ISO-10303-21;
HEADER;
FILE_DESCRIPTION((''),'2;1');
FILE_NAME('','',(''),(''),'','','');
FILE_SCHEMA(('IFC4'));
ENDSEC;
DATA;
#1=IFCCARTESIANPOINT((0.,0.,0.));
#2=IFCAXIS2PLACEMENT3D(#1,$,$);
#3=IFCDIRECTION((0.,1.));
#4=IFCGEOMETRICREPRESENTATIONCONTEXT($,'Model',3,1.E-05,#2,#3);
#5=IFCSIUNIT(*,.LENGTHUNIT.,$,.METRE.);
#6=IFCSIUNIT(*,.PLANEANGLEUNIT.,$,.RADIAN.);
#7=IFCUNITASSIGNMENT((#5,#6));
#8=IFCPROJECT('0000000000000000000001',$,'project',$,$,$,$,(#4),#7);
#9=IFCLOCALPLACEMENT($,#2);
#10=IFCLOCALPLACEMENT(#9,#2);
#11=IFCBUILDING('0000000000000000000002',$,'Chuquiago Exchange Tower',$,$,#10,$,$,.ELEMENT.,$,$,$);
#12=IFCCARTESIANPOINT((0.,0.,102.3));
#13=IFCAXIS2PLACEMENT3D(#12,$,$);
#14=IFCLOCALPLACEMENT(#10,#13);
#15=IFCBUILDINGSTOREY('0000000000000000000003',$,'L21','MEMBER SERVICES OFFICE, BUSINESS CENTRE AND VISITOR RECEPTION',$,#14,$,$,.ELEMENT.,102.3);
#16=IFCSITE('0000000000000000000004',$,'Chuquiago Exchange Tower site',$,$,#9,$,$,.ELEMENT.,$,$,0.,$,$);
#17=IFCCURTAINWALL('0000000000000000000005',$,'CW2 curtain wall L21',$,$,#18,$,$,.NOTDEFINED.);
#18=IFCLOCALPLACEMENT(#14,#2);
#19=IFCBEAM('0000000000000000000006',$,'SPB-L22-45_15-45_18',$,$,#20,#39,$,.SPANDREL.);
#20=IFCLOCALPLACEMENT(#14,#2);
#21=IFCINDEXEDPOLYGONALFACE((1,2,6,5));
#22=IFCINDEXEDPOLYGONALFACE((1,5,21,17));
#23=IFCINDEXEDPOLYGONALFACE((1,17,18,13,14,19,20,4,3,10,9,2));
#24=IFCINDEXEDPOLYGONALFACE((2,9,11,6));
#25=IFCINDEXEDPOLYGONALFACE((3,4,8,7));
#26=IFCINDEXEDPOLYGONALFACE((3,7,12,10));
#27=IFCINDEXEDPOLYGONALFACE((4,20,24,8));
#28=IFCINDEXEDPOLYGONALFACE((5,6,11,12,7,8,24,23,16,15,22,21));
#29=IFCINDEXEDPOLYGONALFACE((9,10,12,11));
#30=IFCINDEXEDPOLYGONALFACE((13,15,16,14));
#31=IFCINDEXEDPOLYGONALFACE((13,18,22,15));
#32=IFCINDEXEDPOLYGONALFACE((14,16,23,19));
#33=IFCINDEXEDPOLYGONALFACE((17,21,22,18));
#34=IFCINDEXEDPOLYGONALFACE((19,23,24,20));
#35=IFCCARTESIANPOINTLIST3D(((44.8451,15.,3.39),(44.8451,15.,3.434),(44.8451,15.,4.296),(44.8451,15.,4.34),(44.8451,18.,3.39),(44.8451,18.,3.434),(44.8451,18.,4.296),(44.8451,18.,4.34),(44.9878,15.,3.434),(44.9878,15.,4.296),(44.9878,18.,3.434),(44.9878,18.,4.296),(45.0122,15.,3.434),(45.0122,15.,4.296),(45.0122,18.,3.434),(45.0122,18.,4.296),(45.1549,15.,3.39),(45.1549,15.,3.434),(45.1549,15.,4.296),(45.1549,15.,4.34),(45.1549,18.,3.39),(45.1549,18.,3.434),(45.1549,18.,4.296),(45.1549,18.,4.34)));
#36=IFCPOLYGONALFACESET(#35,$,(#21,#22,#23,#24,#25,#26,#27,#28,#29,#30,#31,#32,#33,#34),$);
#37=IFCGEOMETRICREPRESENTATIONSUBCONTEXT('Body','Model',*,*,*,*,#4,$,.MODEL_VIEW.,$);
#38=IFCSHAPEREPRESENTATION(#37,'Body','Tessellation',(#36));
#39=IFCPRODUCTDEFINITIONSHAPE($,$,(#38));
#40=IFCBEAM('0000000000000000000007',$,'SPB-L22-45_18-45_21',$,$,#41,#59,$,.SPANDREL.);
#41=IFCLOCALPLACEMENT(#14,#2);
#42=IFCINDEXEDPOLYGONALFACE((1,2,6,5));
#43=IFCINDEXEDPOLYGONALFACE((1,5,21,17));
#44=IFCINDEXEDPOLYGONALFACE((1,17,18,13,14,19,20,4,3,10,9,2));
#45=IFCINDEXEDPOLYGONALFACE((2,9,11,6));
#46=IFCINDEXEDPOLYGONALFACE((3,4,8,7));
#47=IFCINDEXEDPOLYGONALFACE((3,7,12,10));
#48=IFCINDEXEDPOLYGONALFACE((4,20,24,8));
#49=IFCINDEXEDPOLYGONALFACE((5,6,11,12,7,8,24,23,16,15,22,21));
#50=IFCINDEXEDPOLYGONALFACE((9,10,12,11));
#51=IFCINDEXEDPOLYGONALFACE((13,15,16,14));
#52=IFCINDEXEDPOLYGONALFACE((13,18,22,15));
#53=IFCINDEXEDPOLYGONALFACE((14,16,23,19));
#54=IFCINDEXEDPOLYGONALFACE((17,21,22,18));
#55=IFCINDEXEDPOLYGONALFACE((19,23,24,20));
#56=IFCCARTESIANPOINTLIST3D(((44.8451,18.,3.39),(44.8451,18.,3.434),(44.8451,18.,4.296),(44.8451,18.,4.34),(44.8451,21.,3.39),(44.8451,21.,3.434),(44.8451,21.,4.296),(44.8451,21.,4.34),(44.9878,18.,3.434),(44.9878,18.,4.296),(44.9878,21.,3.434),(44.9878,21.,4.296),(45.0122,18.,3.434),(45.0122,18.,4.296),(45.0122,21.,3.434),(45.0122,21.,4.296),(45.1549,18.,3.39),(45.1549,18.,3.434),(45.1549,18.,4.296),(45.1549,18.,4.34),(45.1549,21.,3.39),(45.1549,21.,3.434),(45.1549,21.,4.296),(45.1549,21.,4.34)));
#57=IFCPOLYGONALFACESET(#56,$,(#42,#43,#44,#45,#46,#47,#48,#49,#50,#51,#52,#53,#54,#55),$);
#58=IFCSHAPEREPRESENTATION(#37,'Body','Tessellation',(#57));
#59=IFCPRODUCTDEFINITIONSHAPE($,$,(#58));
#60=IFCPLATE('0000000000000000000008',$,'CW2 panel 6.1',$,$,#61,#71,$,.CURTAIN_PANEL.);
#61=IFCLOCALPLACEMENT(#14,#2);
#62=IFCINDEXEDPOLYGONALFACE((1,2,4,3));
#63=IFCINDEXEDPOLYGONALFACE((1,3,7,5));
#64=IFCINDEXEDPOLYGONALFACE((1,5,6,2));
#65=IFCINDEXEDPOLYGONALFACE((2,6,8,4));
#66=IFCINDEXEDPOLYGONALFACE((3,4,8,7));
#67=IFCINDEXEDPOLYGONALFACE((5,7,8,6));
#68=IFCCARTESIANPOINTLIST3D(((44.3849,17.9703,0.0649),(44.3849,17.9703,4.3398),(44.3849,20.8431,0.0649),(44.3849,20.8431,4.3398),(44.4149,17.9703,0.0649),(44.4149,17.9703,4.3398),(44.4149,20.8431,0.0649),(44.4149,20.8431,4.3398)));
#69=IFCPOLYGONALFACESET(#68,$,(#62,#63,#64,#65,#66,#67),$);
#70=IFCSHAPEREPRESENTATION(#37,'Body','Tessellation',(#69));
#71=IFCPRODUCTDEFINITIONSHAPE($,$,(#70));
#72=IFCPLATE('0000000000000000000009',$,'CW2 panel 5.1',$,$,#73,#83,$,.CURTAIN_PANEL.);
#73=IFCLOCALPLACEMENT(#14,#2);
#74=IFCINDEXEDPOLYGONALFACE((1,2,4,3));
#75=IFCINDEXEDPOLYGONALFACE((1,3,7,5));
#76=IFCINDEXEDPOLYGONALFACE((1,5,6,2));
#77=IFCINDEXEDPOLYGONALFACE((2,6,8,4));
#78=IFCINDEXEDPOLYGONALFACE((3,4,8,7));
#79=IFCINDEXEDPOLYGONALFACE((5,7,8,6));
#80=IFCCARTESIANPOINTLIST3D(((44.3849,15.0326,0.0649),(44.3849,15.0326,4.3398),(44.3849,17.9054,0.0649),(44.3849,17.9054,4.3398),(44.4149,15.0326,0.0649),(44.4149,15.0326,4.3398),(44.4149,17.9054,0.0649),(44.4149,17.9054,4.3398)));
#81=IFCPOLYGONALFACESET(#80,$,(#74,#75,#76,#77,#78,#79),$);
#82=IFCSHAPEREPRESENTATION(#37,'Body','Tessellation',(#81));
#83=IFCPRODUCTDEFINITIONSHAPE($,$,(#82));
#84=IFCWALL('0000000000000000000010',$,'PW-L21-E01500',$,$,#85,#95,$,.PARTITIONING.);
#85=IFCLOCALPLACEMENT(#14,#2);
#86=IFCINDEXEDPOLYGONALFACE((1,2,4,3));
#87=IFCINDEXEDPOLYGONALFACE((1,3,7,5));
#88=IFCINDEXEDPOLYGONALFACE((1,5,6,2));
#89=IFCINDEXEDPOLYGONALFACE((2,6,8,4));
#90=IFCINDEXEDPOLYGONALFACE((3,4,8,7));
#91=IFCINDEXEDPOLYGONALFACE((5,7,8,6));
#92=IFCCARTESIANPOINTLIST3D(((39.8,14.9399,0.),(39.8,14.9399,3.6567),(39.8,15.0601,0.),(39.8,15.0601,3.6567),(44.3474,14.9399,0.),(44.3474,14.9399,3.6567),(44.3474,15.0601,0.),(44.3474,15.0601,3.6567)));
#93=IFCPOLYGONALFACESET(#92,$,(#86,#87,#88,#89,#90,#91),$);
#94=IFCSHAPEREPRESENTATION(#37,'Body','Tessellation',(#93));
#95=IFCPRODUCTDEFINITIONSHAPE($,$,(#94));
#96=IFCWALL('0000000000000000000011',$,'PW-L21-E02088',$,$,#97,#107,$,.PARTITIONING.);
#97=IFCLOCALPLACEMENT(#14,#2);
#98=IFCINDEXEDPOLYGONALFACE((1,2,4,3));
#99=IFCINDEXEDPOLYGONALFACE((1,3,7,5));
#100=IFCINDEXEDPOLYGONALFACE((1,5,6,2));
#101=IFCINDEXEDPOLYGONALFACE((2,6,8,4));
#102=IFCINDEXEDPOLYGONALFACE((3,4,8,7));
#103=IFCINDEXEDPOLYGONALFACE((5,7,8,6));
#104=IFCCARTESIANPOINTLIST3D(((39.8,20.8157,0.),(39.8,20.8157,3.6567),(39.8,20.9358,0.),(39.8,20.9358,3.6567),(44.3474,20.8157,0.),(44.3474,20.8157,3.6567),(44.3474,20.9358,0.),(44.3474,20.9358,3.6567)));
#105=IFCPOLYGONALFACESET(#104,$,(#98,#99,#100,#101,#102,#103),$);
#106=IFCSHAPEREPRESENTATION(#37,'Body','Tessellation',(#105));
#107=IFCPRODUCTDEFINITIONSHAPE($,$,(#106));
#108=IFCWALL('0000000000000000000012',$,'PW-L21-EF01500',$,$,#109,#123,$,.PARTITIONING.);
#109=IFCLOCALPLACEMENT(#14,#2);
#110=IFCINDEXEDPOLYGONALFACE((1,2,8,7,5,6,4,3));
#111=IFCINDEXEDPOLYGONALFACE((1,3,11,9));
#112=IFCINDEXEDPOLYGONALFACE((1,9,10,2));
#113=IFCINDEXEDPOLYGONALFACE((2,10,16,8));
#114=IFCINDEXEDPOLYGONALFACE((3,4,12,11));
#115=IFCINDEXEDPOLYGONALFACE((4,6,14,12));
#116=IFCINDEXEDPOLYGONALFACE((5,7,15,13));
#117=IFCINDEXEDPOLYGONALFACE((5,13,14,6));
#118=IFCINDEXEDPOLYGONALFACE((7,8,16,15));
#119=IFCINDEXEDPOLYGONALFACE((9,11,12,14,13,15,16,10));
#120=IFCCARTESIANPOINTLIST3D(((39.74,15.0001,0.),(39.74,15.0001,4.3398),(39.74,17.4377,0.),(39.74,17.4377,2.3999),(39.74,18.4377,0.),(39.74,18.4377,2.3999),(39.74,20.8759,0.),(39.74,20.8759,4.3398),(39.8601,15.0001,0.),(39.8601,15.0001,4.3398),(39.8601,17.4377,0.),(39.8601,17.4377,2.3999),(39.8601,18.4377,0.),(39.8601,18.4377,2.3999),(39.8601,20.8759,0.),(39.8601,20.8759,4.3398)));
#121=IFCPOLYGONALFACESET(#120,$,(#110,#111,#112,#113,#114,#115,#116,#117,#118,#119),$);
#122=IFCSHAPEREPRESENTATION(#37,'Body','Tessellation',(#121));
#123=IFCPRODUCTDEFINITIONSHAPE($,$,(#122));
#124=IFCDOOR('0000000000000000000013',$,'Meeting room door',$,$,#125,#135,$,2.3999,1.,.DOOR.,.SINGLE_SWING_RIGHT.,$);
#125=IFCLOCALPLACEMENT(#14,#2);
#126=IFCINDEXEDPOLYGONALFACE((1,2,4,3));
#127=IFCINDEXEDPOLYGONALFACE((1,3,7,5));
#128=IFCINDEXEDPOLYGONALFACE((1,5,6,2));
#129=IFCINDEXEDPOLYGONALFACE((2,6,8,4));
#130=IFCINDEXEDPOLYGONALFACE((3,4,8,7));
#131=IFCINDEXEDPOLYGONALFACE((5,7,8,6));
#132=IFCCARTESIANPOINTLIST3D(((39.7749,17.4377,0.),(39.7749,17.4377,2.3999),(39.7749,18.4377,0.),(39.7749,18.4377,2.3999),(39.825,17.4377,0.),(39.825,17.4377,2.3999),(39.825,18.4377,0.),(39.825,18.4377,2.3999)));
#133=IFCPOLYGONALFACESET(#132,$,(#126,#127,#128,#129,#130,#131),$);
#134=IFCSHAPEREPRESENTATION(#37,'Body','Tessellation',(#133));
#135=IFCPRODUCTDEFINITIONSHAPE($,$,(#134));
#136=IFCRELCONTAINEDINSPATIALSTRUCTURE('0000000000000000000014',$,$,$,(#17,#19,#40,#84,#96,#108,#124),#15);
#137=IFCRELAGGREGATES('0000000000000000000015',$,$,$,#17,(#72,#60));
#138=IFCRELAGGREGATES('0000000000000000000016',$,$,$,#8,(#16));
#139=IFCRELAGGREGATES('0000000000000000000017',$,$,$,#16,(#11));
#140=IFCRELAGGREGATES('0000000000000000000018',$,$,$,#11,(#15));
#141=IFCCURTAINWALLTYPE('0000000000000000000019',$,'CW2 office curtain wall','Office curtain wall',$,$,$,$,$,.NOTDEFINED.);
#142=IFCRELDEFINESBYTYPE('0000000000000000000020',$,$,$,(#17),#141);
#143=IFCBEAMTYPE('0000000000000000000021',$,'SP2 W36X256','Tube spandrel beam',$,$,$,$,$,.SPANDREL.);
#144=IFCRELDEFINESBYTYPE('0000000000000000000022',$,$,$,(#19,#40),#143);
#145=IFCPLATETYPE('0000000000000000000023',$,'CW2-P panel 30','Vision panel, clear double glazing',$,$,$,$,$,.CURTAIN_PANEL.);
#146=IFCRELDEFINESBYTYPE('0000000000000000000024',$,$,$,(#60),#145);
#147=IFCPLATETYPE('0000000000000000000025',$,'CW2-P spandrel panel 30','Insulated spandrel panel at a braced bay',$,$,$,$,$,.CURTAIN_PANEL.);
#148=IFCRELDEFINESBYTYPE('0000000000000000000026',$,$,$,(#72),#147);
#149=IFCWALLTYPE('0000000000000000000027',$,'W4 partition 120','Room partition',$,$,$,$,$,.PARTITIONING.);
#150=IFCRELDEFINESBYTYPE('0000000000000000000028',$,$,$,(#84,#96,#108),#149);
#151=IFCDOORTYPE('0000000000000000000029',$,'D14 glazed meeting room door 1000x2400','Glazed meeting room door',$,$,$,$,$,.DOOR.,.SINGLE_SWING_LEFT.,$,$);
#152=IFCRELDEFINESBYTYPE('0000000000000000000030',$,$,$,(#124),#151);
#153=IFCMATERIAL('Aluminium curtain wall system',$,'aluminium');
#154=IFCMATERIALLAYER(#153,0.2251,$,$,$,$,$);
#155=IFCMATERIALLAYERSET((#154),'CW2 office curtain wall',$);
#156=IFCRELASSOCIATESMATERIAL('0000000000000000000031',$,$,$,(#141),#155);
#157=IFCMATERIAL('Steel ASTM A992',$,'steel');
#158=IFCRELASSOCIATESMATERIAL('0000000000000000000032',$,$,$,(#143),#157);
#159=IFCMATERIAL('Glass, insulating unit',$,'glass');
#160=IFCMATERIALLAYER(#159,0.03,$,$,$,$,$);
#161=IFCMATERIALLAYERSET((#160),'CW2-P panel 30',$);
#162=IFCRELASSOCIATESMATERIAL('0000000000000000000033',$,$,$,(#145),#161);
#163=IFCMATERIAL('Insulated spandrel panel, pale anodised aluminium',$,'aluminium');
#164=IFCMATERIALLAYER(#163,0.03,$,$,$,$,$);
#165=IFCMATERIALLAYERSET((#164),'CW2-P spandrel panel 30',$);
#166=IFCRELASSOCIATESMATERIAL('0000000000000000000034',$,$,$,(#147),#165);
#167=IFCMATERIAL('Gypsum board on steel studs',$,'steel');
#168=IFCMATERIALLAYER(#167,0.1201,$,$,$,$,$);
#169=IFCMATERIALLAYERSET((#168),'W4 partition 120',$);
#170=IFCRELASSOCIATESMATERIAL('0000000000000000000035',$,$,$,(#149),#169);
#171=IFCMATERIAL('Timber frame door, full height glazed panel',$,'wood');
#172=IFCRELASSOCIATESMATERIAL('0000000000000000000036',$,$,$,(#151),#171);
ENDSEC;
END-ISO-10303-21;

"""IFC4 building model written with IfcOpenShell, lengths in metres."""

from ifc_helpers import new_model, si_unit, direction, frame, frame_2d, origin, origin_2d, place, context, subcontext, project, spatial, rectangle, i_section, extrude, material, layer, layer_set, material_profile, profile_set, type_object, element, fill, aggregate, save


model = new_model("IFC4")

# Units and contexts
model_context = context("Model", 3, precision=1e-05, world=origin(), true_north=direction((0.0, 1.0)))
body_context = subcontext(model_context, "Body", "Model", "MODEL_VIEW")
ifc_project = project(units=[si_unit("LENGTHUNIT", "METRE"), si_unit("PLANEANGLEUNIT", "RADIAN")], contexts=[model_context])

# Site, building, storey
site_placement = place(None, origin())
site = spatial("IfcSite", under=ifc_project, at=site_placement, Name="Chuquiago Exchange Tower site", CompositionType="ELEMENT", RefElevation=0.0)
building_placement = place(site_placement, origin())
building = spatial("IfcBuilding", under=site, at=building_placement, Name="Chuquiago Exchange Tower", CompositionType="ELEMENT")
storey_placement = place(building_placement, frame((0.0, 0.0, 102.3)))
storey = spatial("IfcBuildingStorey", under=building, at=storey_placement, Name="L21", Description="MEMBER SERVICES OFFICE, BUSINESS CENTRE AND VISITOR RECEPTION", CompositionType="ELEMENT", Elevation=102.3)

# Curtain wall
ifc_material_1 = material(Name="Aluminium curtain wall system", Category="aluminium")
ifc_layer_1 = layer(ifc_material_1, 0.2251)
ifc_layer_set_1 = layer_set([ifc_layer_1], Name="CW2 office curtain wall")
curtain_wall_type = type_object("IfcCurtainWallType", Name="CW2 office curtain wall", Description="Office curtain wall", PredefinedType="NOTDEFINED", material=ifc_layer_set_1)
curtain_wall_placement = place(storey_placement, origin())
curtain_wall = element("IfcCurtainWall", 1, at=curtain_wall_placement, inside=storey, type_object=curtain_wall_type, Name="CW2 curtain wall L21", PredefinedType="NOTDEFINED")

# Beams
ifc_material_2 = material(Name="Steel ASTM A992", Category="steel")
ifc_material_profile_1 = material_profile(ifc_material_2, i_section(OverallWidth=0.3098, OverallDepth=0.95, WebThickness=0.0244, FlangeThickness=0.0439, at=origin_2d()), Name="W36X256")
ifc_profile_set_1 = profile_set([ifc_material_profile_1], Name="Steel ASTM A992")
beam_type_1 = type_object("IfcBeamType", Name="SP2 W36X256", Description="Tube spandrel beam", PredefinedType="SPANDREL", material=ifc_profile_set_1)
for number, where, z_axis, x_axis, name in (
    (2, (45.0, 15.0, 3.865), (0.0, 1.0, 0.0), (-1.0, 0.0, 0.0), "SPB-L22-45_15-45_18"),
    (3, (45.0, 18.0, 3.865), (0.0, 1.0, 0.0), (-1.0, 0.0, 0.0), "SPB-L22-45_18-45_21"),
):
    element("IfcBeam", number, at=place(storey_placement, frame(where, z_axis=z_axis, x_axis=x_axis)), inside=storey, type_object=beam_type_1, Name=name, PredefinedType="SPANDREL", context=body_context, shape_type="SweptSolid", body=[
        extrude(i_section(OverallWidth=0.3098, OverallDepth=0.95, WebThickness=0.0244, FlangeThickness=0.0439, at=origin_2d()), origin(), (0.0, 0.0, 1.0), 3.0),
    ])

# Plates
ifc_material_3 = material(Name="Glass, insulating unit", Category="glass")
ifc_layer_2 = layer(ifc_material_3, 0.03)
ifc_layer_set_2 = layer_set([ifc_layer_2], Name="CW2-P panel 30")
plate_type_1 = type_object("IfcPlateType", Name="CW2-P panel 30", Description="Vision panel, clear double glazing", PredefinedType="CURTAIN_PANEL", material=ifc_layer_set_2)
plate_1_placement = place(storey_placement, frame((44.3999, 19.4067, 0.0649), z_axis=(0.0, 0.0, 1.0), x_axis=(0.0, 1.0, 0.0)))
plate_1 = element("IfcPlate", 4, at=plate_1_placement, type_object=plate_type_1, Name="CW2 panel 6.1", PredefinedType="CURTAIN_PANEL", context=body_context, shape_type="SweptSolid", body=[
    extrude(rectangle(XDim=2.8728, YDim=0.03, at=origin_2d()), origin(), (0.0, 0.0, 1.0), 4.2749),
])
ifc_material_4 = material(Name="Insulated spandrel panel, pale anodised aluminium", Category="aluminium")
ifc_layer_3 = layer(ifc_material_4, 0.03)
ifc_layer_set_3 = layer_set([ifc_layer_3], Name="CW2-P spandrel panel 30")
plate_type_2 = type_object("IfcPlateType", Name="CW2-P spandrel panel 30", Description="Insulated spandrel panel at a braced bay", PredefinedType="CURTAIN_PANEL", material=ifc_layer_set_3)
plate_2_placement = place(storey_placement, frame((44.3999, 16.469, 0.0649), z_axis=(0.0, 0.0, 1.0), x_axis=(0.0, 1.0, 0.0)))
plate_2 = element("IfcPlate", 5, at=plate_2_placement, type_object=plate_type_2, Name="CW2 panel 5.1", PredefinedType="CURTAIN_PANEL", context=body_context, shape_type="SweptSolid", body=[
    extrude(rectangle(XDim=2.8728, YDim=0.03, at=origin_2d()), origin(), (0.0, 0.0, 1.0), 4.2749),
])
aggregate(curtain_wall, [plate_2, plate_1])

# Walls
ifc_material_5 = material(Name="Gypsum board on steel studs", Category="steel")
ifc_layer_4 = layer(ifc_material_5, 0.1201)
ifc_layer_set_4 = layer_set([ifc_layer_4], Name="W4 partition 120")
wall_type = type_object("IfcWallType", Name="W4 partition 120", Description="Room partition", PredefinedType="PARTITIONING", material=ifc_layer_set_4)
for number, where, z_axis, x_axis, name in (
    (6, (44.3474, 15.0, 0.0), (0.0, 0.0, 1.0), (-1.0, 0.0, 0.0), "PW-L21-E01500"),
    (7, (44.3474, 20.8757, 0.0), (0.0, 0.0, 1.0), (-1.0, 0.0, 0.0), "PW-L21-E02088"),
):
    element("IfcWall", number, at=place(storey_placement, frame(where, z_axis=z_axis, x_axis=x_axis)), inside=storey, type_object=wall_type, Name=name, PredefinedType="PARTITIONING", context=body_context, shape_type="SweptSolid", body=[
        extrude(rectangle(XDim=4.5474, YDim=0.1201, at=frame_2d((2.2737, 0.0))), origin(), (0.0, 0.0, 1.0), 3.6567),
    ])

# Wall, opening, door
wall_placement = place(storey_placement, frame((39.8, 15.0, 0.0), z_axis=(0.0, 0.0, 1.0), x_axis=(0.0, 1.0, 0.0)))
wall = element("IfcWall", 8, at=wall_placement, inside=storey, type_object=wall_type, Name="PW-L21-EF01500", PredefinedType="PARTITIONING", context=body_context, shape_type="SweptSolid", body=[
    extrude(rectangle(XDim=5.8757, YDim=0.1201, at=frame_2d((2.938, 0.0))), origin(), (0.0, 0.0, 1.0), 4.3398),
])
opening_placement = place(wall_placement, frame((2.4377, 0.0, 0.0)))
opening = element("IfcOpeningElement", 9, at=opening_placement, cuts=wall, PredefinedType="OPENING", context=body_context, shape_type="SweptSolid", body=[
    extrude(rectangle(XDim=1.0, YDim=2.3999, at=frame_2d((0.5, 1.2))), frame((0.0, 0.0701, 0.0), z_axis=(0.0, -1.0, 0.0), x_axis=(1.0, 0.0, 0.0)), (0.0, 0.0, 1.0), 0.1401),
])
ifc_material_6 = material(Name="Timber frame door, full height glazed panel", Category="wood")
door_type = type_object("IfcDoorType", Name="D14 glazed meeting room door 1000x2400", Description="Glazed meeting room door", OperationType="SINGLE_SWING_LEFT", PredefinedType="DOOR", material=ifc_material_6)
door_placement = place(opening_placement, frame((1.0, 0.0, 0.0), z_axis=(0.0, 0.0, 1.0), x_axis=(-1.0, 0.0, 0.0)))
door = element("IfcDoor", 10, at=door_placement, inside=storey, type_object=door_type, Name="Meeting room door", OperationType="SINGLE_SWING_RIGHT", OverallHeight=2.3999, OverallWidth=1.0, PredefinedType="DOOR", context=body_context, shape_type="SweptSolid", body=[
    extrude(rectangle(XDim=1.0, YDim=2.3999, at=frame_2d((0.5, 1.2))), frame((0.0, 0.0249, 0.0), z_axis=(0.0, -1.0, 0.0), x_axis=(1.0, 0.0, 0.0)), (0.0, 0.0, 1.0), 0.05),
])
fill(opening, door)

save(model, "model.ifc")
